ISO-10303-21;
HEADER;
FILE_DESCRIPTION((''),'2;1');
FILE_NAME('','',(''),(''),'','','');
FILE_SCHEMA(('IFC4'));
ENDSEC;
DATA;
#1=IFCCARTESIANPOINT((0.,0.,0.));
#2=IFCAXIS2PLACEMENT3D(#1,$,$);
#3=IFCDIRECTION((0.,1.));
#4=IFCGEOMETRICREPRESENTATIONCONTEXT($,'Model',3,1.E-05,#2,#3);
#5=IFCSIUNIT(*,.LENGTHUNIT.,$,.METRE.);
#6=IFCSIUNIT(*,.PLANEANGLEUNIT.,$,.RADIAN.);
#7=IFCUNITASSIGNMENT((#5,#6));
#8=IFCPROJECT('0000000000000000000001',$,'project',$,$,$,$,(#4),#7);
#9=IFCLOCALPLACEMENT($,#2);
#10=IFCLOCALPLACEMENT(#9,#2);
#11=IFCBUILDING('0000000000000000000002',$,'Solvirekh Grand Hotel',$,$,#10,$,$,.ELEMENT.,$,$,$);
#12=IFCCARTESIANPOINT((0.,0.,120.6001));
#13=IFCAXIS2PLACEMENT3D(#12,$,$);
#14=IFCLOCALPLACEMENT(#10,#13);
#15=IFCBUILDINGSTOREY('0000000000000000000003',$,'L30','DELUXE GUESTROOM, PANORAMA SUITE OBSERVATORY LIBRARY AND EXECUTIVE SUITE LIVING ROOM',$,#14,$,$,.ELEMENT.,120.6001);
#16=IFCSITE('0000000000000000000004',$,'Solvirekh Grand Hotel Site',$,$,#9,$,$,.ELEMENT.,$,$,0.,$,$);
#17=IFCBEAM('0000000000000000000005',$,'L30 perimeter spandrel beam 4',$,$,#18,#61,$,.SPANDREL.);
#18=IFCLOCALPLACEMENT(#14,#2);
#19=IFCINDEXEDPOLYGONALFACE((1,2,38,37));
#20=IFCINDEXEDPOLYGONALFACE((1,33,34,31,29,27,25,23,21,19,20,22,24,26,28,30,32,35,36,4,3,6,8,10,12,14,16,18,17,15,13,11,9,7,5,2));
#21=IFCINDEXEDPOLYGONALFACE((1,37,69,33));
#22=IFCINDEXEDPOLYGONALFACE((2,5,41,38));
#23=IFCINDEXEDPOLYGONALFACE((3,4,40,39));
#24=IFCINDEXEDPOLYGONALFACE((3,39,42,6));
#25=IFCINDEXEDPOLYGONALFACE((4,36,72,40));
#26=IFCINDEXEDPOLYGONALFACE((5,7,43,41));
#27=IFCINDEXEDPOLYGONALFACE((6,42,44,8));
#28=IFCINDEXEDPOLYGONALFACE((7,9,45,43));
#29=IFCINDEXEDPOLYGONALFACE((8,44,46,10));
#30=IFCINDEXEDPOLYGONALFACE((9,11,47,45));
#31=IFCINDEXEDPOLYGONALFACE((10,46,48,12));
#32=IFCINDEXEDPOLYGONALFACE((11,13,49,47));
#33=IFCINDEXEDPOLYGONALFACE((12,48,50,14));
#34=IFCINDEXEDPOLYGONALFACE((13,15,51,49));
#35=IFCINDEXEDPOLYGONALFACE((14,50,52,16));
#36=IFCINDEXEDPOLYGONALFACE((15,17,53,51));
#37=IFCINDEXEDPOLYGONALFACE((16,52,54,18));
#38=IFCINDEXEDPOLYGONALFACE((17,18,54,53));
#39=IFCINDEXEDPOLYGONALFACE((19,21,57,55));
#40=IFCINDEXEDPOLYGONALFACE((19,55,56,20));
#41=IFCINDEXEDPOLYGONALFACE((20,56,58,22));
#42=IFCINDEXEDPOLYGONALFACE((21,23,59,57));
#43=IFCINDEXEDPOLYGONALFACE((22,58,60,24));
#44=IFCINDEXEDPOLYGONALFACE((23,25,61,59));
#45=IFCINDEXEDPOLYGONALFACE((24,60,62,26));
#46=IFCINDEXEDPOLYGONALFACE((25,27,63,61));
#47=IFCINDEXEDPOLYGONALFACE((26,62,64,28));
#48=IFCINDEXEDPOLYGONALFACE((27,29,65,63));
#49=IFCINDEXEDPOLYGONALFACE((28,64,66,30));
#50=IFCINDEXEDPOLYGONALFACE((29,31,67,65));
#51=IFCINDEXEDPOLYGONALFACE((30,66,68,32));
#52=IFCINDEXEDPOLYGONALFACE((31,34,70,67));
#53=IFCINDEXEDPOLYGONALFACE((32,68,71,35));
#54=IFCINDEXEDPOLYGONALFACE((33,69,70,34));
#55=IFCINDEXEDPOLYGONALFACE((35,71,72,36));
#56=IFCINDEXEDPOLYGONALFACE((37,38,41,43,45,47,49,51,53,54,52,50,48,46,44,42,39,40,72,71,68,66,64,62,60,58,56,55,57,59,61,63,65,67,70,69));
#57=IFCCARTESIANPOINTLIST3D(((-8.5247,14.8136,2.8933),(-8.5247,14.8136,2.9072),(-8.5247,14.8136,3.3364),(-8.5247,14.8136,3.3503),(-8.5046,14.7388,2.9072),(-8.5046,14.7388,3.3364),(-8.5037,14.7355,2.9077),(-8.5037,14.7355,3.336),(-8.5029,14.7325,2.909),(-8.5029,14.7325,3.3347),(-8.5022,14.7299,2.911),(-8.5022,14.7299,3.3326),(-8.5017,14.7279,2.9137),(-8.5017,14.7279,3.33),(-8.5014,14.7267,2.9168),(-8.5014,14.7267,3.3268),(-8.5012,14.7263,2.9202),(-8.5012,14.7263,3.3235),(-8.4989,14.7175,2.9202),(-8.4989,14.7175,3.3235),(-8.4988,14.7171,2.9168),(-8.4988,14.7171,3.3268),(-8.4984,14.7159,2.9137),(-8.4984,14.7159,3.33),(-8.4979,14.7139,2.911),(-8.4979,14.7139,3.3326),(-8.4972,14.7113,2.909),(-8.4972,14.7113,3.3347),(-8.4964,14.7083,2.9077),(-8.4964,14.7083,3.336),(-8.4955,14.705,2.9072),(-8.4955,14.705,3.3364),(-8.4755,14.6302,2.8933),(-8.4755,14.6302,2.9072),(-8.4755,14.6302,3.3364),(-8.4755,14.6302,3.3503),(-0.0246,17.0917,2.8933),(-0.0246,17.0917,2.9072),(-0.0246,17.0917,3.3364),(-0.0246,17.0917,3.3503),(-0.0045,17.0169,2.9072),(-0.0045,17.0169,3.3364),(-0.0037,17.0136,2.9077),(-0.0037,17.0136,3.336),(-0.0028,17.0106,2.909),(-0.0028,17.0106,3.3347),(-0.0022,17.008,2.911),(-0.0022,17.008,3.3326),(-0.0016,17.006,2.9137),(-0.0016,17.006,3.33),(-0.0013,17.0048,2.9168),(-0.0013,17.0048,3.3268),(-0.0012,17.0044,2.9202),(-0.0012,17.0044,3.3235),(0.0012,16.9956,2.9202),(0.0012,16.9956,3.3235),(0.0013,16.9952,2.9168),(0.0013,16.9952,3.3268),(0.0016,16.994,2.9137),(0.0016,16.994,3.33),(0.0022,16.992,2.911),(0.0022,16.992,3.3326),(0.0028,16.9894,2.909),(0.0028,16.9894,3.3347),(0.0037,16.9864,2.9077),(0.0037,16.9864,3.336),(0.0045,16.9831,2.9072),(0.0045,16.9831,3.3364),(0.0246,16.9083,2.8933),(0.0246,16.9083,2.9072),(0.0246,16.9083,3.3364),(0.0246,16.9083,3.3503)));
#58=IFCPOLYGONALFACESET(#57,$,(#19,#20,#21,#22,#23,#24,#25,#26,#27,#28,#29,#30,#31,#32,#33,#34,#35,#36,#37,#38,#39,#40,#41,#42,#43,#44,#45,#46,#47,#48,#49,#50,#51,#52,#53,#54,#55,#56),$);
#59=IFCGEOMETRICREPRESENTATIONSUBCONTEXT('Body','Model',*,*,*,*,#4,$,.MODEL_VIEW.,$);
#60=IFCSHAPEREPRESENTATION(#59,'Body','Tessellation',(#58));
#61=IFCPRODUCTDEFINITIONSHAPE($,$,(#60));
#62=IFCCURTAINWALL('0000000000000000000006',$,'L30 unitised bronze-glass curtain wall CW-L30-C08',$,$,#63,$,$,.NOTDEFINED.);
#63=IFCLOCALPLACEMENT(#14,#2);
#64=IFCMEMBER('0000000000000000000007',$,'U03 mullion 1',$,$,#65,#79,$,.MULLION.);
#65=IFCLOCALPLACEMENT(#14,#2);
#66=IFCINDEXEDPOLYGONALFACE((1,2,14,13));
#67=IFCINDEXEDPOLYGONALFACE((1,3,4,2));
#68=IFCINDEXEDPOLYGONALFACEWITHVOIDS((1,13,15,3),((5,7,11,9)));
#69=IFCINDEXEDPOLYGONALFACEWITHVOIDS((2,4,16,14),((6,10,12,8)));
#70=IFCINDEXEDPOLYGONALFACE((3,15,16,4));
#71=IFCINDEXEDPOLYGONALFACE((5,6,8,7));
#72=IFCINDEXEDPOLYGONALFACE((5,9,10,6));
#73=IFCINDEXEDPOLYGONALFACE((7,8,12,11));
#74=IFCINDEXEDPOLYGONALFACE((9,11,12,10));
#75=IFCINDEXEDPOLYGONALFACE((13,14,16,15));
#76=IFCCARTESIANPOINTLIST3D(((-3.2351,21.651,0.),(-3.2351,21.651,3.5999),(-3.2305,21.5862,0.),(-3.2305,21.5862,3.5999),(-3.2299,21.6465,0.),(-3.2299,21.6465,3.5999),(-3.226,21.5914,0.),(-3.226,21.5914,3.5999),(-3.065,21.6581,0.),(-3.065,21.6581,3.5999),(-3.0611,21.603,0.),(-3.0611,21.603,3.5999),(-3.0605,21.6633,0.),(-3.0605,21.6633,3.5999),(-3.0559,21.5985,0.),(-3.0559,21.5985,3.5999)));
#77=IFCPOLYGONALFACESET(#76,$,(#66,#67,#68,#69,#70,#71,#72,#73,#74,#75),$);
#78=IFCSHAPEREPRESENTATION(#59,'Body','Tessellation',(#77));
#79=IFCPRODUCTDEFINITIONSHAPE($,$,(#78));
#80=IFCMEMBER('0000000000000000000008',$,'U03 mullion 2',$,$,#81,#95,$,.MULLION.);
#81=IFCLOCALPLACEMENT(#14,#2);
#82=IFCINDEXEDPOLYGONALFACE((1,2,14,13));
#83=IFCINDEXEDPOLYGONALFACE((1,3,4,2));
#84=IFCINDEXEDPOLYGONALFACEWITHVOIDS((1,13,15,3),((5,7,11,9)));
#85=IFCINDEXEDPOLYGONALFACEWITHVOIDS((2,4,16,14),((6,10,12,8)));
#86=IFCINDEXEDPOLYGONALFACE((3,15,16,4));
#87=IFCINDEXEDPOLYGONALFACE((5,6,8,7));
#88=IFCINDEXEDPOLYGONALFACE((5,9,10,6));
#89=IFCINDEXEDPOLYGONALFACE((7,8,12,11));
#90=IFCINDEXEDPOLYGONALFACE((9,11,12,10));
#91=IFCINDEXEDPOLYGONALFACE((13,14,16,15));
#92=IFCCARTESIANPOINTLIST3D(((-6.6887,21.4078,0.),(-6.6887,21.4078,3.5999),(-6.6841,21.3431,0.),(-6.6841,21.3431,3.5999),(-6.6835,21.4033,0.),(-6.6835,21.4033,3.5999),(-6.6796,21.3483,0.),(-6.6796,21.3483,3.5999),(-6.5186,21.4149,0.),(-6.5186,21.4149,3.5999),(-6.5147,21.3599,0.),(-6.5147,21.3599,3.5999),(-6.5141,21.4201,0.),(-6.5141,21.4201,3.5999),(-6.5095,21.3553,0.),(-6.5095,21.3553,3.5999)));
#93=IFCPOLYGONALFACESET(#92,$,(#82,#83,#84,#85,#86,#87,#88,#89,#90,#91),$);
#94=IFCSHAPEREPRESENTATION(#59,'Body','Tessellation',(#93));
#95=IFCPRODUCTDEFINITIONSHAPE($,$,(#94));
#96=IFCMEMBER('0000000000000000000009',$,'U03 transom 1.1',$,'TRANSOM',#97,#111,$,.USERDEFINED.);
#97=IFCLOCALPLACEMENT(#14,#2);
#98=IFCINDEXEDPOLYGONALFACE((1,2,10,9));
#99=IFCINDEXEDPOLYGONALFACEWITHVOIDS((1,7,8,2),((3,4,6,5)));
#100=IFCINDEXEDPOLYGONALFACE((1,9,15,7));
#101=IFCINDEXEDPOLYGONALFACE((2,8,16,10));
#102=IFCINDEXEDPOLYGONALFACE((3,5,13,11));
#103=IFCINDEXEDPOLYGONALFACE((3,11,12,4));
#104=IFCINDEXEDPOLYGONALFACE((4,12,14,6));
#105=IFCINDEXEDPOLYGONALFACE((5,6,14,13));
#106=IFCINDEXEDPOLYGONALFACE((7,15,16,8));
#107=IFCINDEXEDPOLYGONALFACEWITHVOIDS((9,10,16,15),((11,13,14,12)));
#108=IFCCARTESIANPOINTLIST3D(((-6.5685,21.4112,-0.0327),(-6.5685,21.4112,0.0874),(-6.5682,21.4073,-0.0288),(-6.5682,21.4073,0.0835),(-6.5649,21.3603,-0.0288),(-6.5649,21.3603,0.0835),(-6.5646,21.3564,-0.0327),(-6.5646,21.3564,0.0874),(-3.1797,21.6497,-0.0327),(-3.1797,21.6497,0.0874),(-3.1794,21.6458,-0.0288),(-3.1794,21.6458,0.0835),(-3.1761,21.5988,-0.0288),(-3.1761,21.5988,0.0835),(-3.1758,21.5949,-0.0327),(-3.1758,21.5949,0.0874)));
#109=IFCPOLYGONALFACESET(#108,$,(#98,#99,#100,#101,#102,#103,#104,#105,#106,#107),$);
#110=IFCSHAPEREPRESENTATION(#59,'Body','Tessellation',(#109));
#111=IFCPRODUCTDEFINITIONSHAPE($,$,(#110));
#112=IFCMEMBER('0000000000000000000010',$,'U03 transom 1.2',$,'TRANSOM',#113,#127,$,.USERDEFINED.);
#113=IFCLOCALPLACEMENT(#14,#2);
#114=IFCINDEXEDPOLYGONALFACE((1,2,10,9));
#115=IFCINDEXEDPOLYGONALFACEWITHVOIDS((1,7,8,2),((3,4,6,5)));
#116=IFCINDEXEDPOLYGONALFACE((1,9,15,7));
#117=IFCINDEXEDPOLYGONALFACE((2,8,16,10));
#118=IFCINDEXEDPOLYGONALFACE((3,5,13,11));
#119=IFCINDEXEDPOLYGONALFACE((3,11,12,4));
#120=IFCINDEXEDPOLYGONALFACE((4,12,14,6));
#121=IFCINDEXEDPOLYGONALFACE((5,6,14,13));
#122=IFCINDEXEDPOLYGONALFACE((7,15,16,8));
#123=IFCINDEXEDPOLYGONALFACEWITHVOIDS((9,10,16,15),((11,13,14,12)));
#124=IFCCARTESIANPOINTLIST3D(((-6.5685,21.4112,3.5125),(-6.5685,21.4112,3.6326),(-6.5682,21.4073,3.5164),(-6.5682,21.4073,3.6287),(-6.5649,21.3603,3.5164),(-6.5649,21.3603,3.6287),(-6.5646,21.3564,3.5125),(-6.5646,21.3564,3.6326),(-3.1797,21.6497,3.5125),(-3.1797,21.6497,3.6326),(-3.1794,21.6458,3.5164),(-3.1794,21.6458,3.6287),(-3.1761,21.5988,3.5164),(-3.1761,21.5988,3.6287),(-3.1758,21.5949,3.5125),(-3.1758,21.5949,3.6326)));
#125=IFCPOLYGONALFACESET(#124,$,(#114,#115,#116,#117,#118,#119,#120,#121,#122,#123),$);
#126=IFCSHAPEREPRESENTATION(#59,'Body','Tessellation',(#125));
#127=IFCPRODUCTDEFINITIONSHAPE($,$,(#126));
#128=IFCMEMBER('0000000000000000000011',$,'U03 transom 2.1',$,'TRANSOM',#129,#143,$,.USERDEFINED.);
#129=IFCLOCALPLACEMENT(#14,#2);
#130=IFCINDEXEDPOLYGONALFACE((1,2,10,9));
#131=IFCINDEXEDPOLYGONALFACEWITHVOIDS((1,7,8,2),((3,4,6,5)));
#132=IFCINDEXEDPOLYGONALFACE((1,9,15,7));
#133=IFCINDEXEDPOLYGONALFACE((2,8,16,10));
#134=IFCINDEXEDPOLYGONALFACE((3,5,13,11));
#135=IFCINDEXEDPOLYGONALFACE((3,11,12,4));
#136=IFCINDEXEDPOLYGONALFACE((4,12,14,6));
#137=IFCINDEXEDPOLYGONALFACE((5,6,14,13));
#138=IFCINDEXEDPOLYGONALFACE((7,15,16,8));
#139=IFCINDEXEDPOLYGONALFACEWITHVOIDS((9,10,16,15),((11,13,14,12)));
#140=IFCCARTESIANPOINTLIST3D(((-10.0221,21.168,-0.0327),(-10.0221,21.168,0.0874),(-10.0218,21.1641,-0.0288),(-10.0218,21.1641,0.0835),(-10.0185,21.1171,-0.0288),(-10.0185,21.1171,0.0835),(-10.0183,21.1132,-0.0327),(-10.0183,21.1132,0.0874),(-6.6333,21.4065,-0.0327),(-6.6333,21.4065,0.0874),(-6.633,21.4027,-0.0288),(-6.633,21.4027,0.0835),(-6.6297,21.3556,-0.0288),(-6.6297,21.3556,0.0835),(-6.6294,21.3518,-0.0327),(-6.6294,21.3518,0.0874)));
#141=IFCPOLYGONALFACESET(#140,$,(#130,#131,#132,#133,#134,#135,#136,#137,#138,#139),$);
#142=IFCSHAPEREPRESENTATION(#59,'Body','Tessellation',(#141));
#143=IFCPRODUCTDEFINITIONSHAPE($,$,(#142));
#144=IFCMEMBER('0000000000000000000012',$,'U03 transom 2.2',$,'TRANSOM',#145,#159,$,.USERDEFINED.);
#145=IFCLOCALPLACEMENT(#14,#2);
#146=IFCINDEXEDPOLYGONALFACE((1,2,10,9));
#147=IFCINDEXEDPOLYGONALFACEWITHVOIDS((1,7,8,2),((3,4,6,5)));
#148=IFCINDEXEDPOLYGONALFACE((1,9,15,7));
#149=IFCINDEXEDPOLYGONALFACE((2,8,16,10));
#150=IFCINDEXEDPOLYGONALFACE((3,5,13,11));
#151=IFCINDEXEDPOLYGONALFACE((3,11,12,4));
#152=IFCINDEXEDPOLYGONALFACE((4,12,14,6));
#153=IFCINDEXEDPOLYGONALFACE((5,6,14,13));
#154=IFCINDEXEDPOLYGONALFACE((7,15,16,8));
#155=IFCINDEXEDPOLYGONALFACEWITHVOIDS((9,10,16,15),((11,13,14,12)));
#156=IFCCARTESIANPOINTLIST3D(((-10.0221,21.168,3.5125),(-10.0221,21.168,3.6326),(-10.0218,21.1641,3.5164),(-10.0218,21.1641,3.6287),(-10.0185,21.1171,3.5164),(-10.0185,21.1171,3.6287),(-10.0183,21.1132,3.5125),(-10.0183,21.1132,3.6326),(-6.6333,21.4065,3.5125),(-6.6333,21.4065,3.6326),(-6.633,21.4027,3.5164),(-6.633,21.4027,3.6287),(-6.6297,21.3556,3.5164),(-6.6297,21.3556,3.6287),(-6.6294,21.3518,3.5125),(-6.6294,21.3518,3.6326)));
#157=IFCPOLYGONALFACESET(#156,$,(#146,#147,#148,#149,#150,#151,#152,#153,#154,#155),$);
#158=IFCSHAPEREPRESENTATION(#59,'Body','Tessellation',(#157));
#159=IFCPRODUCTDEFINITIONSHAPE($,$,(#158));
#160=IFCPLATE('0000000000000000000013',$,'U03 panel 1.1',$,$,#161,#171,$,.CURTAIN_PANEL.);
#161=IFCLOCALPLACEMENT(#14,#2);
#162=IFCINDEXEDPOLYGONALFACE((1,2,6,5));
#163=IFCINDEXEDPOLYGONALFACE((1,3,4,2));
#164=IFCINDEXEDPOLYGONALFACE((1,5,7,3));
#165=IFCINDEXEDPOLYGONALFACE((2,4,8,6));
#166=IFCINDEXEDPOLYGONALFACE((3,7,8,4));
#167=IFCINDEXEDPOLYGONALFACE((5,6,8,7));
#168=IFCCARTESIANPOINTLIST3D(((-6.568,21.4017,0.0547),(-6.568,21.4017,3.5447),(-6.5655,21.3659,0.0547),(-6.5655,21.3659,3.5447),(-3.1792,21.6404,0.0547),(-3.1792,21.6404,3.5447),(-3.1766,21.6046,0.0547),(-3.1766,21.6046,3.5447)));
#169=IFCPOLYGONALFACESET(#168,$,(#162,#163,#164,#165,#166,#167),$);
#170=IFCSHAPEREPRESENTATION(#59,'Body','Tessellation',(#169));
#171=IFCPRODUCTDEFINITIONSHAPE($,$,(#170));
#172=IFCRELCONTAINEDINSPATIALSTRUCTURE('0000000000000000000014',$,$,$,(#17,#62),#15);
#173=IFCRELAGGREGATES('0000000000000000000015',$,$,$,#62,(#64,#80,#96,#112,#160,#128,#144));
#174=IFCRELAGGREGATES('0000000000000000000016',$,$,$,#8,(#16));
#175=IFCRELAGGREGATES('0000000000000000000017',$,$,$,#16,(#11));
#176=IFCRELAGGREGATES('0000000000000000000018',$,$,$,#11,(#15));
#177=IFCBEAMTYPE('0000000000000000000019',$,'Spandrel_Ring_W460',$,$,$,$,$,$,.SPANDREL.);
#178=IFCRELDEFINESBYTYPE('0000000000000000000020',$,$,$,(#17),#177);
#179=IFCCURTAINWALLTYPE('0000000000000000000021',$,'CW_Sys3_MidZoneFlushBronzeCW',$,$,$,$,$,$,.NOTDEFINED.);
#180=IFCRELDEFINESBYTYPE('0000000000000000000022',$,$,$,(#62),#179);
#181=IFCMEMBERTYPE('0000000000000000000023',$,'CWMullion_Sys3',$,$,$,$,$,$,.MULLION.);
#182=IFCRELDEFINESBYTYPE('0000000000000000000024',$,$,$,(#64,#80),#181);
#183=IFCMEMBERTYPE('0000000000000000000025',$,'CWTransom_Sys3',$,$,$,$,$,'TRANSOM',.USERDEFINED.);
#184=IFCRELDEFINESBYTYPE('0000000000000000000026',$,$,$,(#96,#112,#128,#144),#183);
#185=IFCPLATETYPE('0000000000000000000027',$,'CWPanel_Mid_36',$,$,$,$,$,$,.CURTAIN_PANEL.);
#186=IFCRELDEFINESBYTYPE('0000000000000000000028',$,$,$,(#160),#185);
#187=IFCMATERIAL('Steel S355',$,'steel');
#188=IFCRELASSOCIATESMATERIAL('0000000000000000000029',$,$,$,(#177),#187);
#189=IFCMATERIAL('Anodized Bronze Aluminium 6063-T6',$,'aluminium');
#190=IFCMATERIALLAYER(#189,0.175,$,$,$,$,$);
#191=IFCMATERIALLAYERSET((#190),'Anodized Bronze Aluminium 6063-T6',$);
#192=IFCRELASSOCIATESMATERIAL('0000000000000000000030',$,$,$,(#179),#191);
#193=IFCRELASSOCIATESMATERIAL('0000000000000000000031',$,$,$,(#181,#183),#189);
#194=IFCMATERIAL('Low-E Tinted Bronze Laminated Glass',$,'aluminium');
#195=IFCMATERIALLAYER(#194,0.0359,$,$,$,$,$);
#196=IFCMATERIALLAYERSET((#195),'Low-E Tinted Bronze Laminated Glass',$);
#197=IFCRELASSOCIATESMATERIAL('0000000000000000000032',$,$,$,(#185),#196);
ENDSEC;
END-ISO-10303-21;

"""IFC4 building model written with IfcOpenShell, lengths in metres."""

from ifc_helpers import new_model, si_unit, direction, frame, origin, origin_2d, place, context, subcontext, project, spatial, rectangle, hollow_rectangle, i_section, extrude, source, transform, mapped, material, layer, layer_set, material_profile, profile_set, type_object, element, aggregate, save


model = new_model("IFC4")

# Units and contexts
model_context = context("Model", 3, precision=1e-05, world=origin(), true_north=direction((0.0, 1.0)))
body_context = subcontext(model_context, "Body", "Model", "MODEL_VIEW")
ifc_project = project(units=[si_unit("LENGTHUNIT", "METRE"), si_unit("PLANEANGLEUNIT", "RADIAN")], contexts=[model_context])

# Site, building, storey
site_placement = place(None, origin())
site = spatial("IfcSite", under=ifc_project, at=site_placement, Name="Solvirekh Grand Hotel Site", CompositionType="ELEMENT", RefElevation=0.0)
building_placement = place(site_placement, origin())
building = spatial("IfcBuilding", under=site, at=building_placement, Name="Solvirekh Grand Hotel", CompositionType="ELEMENT")
storey_placement = place(building_placement, frame((0.0, 0.0, 120.6001)))
storey = spatial("IfcBuildingStorey", under=building, at=storey_placement, Name="L30", Description="DELUXE GUESTROOM, PANORAMA SUITE OBSERVATORY LIBRARY AND EXECUTIVE SUITE LIVING ROOM", CompositionType="ELEMENT", Elevation=120.6001)

# Beam
ifc_material_1 = material(Name="Steel S355", Category="steel")
ifc_material_profile_1 = material_profile(ifc_material_1, i_section(OverallWidth=0.1899, OverallDepth=0.457, WebThickness=0.009, FlangeThickness=0.0139, FilletRadius=0.0129, at=origin_2d()), Name="W460X74")
ifc_profile_set_1 = profile_set([ifc_material_profile_1], Name="Steel S355")
beam_type_1 = type_object("IfcBeamType", Name="Spandrel_Ring_W460", PredefinedType="SPANDREL", material=ifc_profile_set_1)
beam_1_placement = place(storey_placement, frame((0.0, 17.0, 3.1218), z_axis=(-0.965911, -0.258873, 0.0), x_axis=(0.258873, -0.965911, 0.0)))
element("IfcBeam", 1, at=beam_1_placement, inside=storey, type_object=beam_type_1, Name="L30 perimeter spandrel beam 4", PredefinedType="SPANDREL", context=body_context, shape_type="SweptSolid", body=[
    extrude(i_section(OverallWidth=0.1899, OverallDepth=0.457, WebThickness=0.009, FlangeThickness=0.0139, FilletRadius=0.0129, at=origin_2d()), origin(), (0.0, 0.0, 1.0), 8.8),
])

# Curtain wall, members, plate
ifc_material_2 = material(Name="Anodized Bronze Aluminium 6063-T6", Category="aluminium")
ifc_layer_1 = layer(ifc_material_2, 0.175)
ifc_layer_set_1 = layer_set([ifc_layer_1], Name="Anodized Bronze Aluminium 6063-T6")
curtain_wall_type = type_object("IfcCurtainWallType", Name="CW_Sys3_MidZoneFlushBronzeCW", PredefinedType="NOTDEFINED", material=ifc_layer_set_1)
curtain_wall_placement = place(storey_placement, origin())
curtain_wall = element("IfcCurtainWall", 2, at=curtain_wall_placement, inside=storey, type_object=curtain_wall_type, Name="L30 unitised bronze-glass curtain wall CW-L30-C08", PredefinedType="NOTDEFINED")
ifc_material_profile_2 = material_profile(ifc_material_2, hollow_rectangle(XDim=0.0649, YDim=0.175, WallThickness=0.0049, at=origin_2d()), Name="ALU RHS 175X65X5")
ifc_profile_set_2 = profile_set([ifc_material_profile_2], Name="Anodized Bronze Aluminium 6063-T6")
member_type_1 = type_object("IfcMemberType", Name="CWMullion_Sys3", PredefinedType="MULLION", material=ifc_profile_set_2)
shared_shape_1 = source(origin(), body_context, "Body", "SweptSolid", [
    extrude(hollow_rectangle(XDim=0.0649, YDim=0.175, WallThickness=0.0049, at=origin_2d()), origin(), (0.0, 0.0, 1.0), 3.5999),
])
member_1_placement = place(storey_placement, frame((-3.1455, 21.6248, 0.0), z_axis=(0.0, 0.0, 1.0), x_axis=(0.070251, -0.997529, 0.0)))
member_1 = element("IfcMember", 3, at=member_1_placement, type_object=member_type_1, Name="U03 mullion 1", PredefinedType="MULLION", context=body_context, shape_type="MappedRepresentation", body=[
    mapped(shared_shape_1, transform((0.0, 0.0, 0.0), x_axis=(1.0, 0.0, 0.0), y_axis=(0.0, 1.0, 0.0), z_axis=(0.0, 0.0, 1.0), scale=1.0)),
])
member_2_placement = place(storey_placement, frame((-6.5991, 21.3816, 0.0), z_axis=(0.0, 0.0, 1.0), x_axis=(0.070251, -0.997529, 0.0)))
member_2 = element("IfcMember", 4, at=member_2_placement, type_object=member_type_1, Name="U03 mullion 2", PredefinedType="MULLION", context=body_context, shape_type="MappedRepresentation", body=[
    mapped(shared_shape_1, transform((0.0, 0.0, 0.0), x_axis=(1.0, 0.0, 0.0), y_axis=(0.0, 1.0, 0.0), z_axis=(0.0, 0.0, 1.0), scale=1.0)),
])
ifc_material_profile_3 = material_profile(ifc_material_2, hollow_rectangle(XDim=0.0549, YDim=0.1201, WallThickness=0.0039, at=origin_2d()), Name="ALU RHS 120X55X4")
ifc_profile_set_3 = profile_set([ifc_material_profile_3], Name="Anodized Bronze Aluminium 6063-T6")
member_type_2 = type_object("IfcMemberType", Name="CWTransom_Sys3", ElementType="TRANSOM", PredefinedType="USERDEFINED", material=ifc_profile_set_3)
shared_shape_2 = source(origin(), body_context, "Body", "SweptSolid", [
    extrude(hollow_rectangle(XDim=0.0549, YDim=0.1201, WallThickness=0.0039, at=origin_2d()), origin(), (0.0, 0.0, 1.0), 3.3972),
])
member_3_placement = place(storey_placement, frame((-3.1777, 21.6223, 0.0273), z_axis=(-0.997532, -0.07021, 0.0), x_axis=(0.07021, -0.997532, 0.0)))
member_3 = element("IfcMember", 5, at=member_3_placement, type_object=member_type_2, Name="U03 transom 1.1", ObjectType="TRANSOM", PredefinedType="USERDEFINED", context=body_context, shape_type="MappedRepresentation", body=[
    mapped(shared_shape_2, transform((0.0, 0.0, 0.0), x_axis=(1.0, 0.0, 0.0), y_axis=(0.0, 1.0, 0.0), z_axis=(0.0, 0.0, 1.0), scale=1.0)),
])
member_4_placement = place(storey_placement, frame((-3.1777, 21.6223, 3.5725), z_axis=(-0.997532, -0.07021, 0.0), x_axis=(0.07021, -0.997532, 0.0)))
member_4 = element("IfcMember", 6, at=member_4_placement, type_object=member_type_2, Name="U03 transom 1.2", ObjectType="TRANSOM", PredefinedType="USERDEFINED", context=body_context, shape_type="MappedRepresentation", body=[
    mapped(shared_shape_2, transform((0.0, 0.0, 0.0), x_axis=(1.0, 0.0, 0.0), y_axis=(0.0, 1.0, 0.0), z_axis=(0.0, 0.0, 1.0), scale=1.0)),
])
member_5_placement = place(storey_placement, frame((-6.6313, 21.3792, 0.0273), z_axis=(-0.997532, -0.07021, 0.0), x_axis=(0.07021, -0.997532, 0.0)))
member_5 = element("IfcMember", 7, at=member_5_placement, type_object=member_type_2, Name="U03 transom 2.1", ObjectType="TRANSOM", PredefinedType="USERDEFINED", context=body_context, shape_type="MappedRepresentation", body=[
    mapped(shared_shape_2, transform((0.0, 0.0, 0.0), x_axis=(1.0, 0.0, 0.0), y_axis=(0.0, 1.0, 0.0), z_axis=(0.0, 0.0, 1.0), scale=1.0)),
])
member_6_placement = place(storey_placement, frame((-6.6313, 21.3792, 3.5725), z_axis=(-0.997532, -0.07021, 0.0), x_axis=(0.07021, -0.997532, 0.0)))
member_6 = element("IfcMember", 8, at=member_6_placement, type_object=member_type_2, Name="U03 transom 2.2", ObjectType="TRANSOM", PredefinedType="USERDEFINED", context=body_context, shape_type="MappedRepresentation", body=[
    mapped(shared_shape_2, transform((0.0, 0.0, 0.0), x_axis=(1.0, 0.0, 0.0), y_axis=(0.0, 1.0, 0.0), z_axis=(0.0, 0.0, 1.0), scale=1.0)),
])
ifc_material_3 = material(Name="Low-E Tinted Bronze Laminated Glass", Category="aluminium")
ifc_layer_2 = layer(ifc_material_3, 0.0359)
ifc_layer_set_2 = layer_set([ifc_layer_2], Name="Low-E Tinted Bronze Laminated Glass")
plate_type = type_object("IfcPlateType", Name="CWPanel_Mid_36", PredefinedType="CURTAIN_PANEL", material=ifc_layer_set_2)
shared_shape_3 = source(origin(), body_context, "Body", "SweptSolid", [
    extrude(rectangle(XDim=3.3972, YDim=0.0359, at=origin_2d()), origin(), (0.0, 0.0, 1.0), 3.49),
])
plate_placement = place(storey_placement, frame((-4.8723, 21.5032, 0.0547), z_axis=(0.0, 0.0, 1.0), x_axis=(-0.997529, -0.070251, 0.0)))
plate = element("IfcPlate", 9, at=plate_placement, type_object=plate_type, Name="U03 panel 1.1", PredefinedType="CURTAIN_PANEL", context=body_context, shape_type="MappedRepresentation", body=[
    mapped(shared_shape_3, transform((0.0, 0.0, 0.0), x_axis=(1.0, 0.0, 0.0), y_axis=(0.0, 1.0, 0.0), z_axis=(0.0, 0.0, 1.0), scale=1.0)),
])
aggregate(curtain_wall, [member_1, member_2, member_3, member_4, plate, member_5, member_6])

save(model, "model.ifc")
